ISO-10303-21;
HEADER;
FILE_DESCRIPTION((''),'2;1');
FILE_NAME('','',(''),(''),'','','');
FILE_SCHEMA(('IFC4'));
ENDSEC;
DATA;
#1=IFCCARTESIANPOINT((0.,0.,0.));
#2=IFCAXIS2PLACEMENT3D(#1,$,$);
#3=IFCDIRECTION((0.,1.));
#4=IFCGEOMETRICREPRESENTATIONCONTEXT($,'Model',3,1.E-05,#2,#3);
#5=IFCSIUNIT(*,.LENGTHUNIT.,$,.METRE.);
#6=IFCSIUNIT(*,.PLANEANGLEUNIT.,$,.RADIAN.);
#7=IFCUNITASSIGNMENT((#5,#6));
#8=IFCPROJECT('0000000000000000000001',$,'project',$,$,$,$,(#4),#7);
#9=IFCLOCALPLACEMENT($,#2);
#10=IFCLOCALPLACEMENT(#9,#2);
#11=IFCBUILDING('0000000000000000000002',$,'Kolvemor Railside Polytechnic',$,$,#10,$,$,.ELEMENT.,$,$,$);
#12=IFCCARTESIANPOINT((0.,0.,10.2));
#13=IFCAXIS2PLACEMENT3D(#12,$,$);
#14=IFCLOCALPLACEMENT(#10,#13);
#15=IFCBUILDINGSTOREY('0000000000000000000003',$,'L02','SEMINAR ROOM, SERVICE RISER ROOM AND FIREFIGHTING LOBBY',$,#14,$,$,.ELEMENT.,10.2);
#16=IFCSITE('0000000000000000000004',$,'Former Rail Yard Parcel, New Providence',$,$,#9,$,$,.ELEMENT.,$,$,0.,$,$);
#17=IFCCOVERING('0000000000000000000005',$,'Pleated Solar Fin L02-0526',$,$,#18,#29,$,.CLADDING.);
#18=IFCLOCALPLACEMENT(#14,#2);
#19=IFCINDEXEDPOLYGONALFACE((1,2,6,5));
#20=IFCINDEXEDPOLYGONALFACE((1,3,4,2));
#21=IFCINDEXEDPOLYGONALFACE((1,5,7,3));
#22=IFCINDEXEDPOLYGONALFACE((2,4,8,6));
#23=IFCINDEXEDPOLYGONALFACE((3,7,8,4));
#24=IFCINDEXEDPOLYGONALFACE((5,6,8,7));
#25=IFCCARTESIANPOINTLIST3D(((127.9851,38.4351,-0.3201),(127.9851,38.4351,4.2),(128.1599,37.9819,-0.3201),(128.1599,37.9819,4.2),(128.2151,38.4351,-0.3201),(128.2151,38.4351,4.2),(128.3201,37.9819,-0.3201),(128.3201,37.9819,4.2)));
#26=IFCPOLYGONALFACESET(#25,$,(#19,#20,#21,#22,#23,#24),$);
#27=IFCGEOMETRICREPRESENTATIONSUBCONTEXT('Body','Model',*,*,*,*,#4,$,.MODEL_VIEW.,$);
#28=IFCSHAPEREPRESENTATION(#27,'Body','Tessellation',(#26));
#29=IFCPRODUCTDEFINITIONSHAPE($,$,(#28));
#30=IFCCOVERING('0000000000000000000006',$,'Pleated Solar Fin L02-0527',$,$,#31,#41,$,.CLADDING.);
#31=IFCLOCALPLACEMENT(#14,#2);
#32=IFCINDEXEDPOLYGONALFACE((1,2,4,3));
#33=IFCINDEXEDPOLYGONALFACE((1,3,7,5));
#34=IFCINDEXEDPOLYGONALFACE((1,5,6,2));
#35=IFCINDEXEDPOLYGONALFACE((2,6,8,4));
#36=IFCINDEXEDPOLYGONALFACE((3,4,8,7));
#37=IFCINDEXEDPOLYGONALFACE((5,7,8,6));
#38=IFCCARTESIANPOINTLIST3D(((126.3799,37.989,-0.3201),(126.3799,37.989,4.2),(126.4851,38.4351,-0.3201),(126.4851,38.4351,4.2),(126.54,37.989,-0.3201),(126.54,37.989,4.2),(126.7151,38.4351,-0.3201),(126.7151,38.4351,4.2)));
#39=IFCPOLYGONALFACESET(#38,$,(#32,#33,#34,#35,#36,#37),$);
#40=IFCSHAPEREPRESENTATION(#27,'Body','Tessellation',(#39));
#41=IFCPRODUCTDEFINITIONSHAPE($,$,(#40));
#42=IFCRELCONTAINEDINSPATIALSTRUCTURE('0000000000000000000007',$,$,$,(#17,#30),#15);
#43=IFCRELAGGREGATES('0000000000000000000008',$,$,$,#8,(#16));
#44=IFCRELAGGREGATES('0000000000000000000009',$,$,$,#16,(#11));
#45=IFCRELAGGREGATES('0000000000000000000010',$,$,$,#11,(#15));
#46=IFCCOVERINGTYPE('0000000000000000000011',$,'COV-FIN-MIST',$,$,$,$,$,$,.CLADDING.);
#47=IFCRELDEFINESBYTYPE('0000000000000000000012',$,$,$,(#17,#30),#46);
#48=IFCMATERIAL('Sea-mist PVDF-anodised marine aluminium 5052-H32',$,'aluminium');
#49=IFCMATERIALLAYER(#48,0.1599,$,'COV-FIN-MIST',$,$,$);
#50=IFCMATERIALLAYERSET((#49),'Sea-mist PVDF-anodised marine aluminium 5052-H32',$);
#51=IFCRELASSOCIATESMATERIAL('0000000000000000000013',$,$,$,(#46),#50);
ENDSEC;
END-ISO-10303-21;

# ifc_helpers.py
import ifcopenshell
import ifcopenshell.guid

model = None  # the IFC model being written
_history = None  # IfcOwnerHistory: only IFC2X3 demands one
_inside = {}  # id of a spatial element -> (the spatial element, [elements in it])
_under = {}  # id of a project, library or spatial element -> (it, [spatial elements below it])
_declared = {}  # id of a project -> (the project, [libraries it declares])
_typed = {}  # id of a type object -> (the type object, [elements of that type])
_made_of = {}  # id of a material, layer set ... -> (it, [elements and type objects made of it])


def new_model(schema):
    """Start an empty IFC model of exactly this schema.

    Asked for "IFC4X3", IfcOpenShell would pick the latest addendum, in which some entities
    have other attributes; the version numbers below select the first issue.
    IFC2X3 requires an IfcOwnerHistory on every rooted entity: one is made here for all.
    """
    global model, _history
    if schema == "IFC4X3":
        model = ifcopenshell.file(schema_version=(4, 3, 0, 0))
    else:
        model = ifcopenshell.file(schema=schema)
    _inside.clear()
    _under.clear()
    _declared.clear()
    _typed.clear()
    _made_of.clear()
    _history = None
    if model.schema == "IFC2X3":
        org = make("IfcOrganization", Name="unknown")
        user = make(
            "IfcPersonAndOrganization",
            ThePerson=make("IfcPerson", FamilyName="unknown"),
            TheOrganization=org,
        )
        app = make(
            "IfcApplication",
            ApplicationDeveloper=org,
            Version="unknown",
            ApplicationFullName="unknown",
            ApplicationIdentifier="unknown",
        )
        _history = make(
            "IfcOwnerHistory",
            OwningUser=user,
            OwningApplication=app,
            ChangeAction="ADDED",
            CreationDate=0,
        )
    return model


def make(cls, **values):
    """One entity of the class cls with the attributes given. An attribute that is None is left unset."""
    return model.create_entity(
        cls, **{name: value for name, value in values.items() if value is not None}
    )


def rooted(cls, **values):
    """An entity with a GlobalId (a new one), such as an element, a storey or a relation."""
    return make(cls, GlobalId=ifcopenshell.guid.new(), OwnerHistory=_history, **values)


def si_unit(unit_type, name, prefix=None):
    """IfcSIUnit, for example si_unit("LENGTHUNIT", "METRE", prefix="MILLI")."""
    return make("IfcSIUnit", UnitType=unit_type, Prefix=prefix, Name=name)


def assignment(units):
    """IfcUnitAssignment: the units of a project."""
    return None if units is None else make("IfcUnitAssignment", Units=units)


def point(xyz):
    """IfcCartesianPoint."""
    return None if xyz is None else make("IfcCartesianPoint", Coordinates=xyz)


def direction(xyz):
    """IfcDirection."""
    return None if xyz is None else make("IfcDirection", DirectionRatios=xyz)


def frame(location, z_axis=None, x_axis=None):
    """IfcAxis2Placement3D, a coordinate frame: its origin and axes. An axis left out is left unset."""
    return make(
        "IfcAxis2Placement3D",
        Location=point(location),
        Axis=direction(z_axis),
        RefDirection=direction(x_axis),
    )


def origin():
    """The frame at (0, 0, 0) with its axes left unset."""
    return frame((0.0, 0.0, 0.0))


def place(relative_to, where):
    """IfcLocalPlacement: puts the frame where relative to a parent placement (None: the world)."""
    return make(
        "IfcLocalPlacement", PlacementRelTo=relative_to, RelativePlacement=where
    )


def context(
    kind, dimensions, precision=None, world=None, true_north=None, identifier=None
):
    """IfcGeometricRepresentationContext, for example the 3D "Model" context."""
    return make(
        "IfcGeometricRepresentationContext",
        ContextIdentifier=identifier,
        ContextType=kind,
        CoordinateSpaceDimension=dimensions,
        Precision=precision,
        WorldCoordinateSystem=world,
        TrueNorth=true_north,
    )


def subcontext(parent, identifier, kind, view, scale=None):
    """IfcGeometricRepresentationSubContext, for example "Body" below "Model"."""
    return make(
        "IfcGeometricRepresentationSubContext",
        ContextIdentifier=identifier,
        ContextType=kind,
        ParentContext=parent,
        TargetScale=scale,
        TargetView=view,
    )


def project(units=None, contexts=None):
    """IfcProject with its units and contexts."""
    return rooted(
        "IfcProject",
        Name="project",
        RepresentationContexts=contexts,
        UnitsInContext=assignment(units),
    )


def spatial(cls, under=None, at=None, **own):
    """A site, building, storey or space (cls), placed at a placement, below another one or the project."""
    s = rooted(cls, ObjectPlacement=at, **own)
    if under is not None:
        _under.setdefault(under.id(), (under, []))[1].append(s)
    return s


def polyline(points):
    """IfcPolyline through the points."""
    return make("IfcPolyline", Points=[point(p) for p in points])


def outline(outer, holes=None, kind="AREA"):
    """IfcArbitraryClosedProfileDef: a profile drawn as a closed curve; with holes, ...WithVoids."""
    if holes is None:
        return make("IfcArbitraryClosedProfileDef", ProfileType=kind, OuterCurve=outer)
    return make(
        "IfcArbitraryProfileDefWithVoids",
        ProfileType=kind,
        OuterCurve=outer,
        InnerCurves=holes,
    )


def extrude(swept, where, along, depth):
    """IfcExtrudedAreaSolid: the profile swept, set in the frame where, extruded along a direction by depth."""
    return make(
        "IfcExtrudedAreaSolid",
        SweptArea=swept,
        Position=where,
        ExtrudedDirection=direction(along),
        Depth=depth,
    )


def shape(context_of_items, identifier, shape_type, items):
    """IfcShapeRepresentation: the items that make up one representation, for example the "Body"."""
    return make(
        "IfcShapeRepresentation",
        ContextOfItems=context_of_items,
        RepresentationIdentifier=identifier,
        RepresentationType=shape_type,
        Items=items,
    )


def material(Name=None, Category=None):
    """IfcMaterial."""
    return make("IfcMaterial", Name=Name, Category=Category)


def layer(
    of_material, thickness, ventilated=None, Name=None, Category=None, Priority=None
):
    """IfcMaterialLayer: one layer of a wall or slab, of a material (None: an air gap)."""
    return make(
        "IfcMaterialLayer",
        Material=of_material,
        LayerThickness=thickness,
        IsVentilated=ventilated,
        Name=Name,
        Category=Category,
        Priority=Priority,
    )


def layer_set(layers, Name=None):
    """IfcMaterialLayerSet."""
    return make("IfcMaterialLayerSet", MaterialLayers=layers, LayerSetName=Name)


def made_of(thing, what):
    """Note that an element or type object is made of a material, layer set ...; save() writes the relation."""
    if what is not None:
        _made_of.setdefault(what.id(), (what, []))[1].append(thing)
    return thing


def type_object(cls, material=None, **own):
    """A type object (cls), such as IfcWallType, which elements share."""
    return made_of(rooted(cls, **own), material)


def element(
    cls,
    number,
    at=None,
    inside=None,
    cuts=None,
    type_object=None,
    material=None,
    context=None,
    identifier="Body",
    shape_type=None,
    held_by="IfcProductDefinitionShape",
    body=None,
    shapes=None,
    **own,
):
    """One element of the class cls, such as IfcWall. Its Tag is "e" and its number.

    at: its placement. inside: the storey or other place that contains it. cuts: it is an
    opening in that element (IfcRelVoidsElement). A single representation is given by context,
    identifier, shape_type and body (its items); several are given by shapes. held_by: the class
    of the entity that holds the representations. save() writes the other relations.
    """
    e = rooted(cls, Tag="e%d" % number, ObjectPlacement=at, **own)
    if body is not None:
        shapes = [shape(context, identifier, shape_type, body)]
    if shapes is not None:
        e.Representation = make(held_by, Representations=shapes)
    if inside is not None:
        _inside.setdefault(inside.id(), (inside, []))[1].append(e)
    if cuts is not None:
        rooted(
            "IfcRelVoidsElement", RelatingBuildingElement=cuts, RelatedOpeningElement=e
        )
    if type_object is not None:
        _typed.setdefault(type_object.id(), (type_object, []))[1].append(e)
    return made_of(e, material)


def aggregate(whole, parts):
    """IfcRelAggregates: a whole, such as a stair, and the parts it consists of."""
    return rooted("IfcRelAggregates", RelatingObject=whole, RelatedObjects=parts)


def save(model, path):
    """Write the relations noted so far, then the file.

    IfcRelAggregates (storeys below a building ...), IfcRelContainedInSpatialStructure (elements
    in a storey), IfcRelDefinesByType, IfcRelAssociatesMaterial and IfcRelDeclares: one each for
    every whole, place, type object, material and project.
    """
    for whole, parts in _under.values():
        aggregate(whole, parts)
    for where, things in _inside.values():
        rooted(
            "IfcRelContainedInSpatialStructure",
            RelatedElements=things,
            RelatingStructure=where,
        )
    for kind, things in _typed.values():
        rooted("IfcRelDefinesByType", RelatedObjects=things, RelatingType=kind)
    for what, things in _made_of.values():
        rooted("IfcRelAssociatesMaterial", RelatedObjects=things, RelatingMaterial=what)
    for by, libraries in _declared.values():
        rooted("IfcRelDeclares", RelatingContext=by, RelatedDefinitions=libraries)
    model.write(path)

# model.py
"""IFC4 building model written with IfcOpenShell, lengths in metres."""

from ifc_helpers import new_model, si_unit, direction, frame, origin, place, context, subcontext, project, spatial, polyline, outline, extrude, material, layer, layer_set, type_object, element, save


model = new_model("IFC4")

# Units and contexts
model_context = context("Model", 3, precision=1e-05, world=origin(), true_north=direction((0.0, 1.0)))
body_context = subcontext(model_context, "Body", "Model", "MODEL_VIEW")
ifc_project = project(units=[si_unit("LENGTHUNIT", "METRE"), si_unit("PLANEANGLEUNIT", "RADIAN")], contexts=[model_context])

# Site, building, storey
site_placement = place(None, origin())
site = spatial("IfcSite", under=ifc_project, at=site_placement, Name="Former Rail Yard Parcel, New Providence", CompositionType="ELEMENT", RefElevation=0.0)
building_placement = place(site_placement, origin())
building = spatial("IfcBuilding", under=site, at=building_placement, Name="Kolvemor Railside Polytechnic", CompositionType="ELEMENT")
storey_placement = place(building_placement, frame((0.0, 0.0, 10.2)))
storey = spatial("IfcBuildingStorey", under=building, at=storey_placement, Name="L02", Description="SEMINAR ROOM, SERVICE RISER ROOM AND FIREFIGHTING LOBBY", CompositionType="ELEMENT", Elevation=10.2)

# Coverings
ifc_material_1 = material(Name="Sea-mist PVDF-anodised marine aluminium 5052-H32", Category="aluminium")
ifc_layer_1 = layer(ifc_material_1, 0.1599, Name="COV-FIN-MIST")
ifc_layer_set_1 = layer_set([ifc_layer_1], Name="Sea-mist PVDF-anodised marine aluminium 5052-H32")
covering_type_1 = type_object("IfcCoveringType", Name="COV-FIN-MIST", PredefinedType="CLADDING", material=ifc_layer_set_1)
covering_1_placement = place(storey_placement, frame((0.0, 0.0, -0.3201)))
element("IfcCovering", 1, at=covering_1_placement, inside=storey, type_object=covering_type_1, Name="Pleated Solar Fin L02-0526", PredefinedType="CLADDING", context=body_context, shape_type="SweptSolid", body=[
    extrude(outline(polyline([(128.2151, 38.4351), (127.9851, 38.4351), (128.1599, 37.9819), (128.3201, 37.9819), (128.2151, 38.4351)])), origin(), (0.0, 0.0, 1.0), 4.52),
])
covering_2_placement = place(storey_placement, frame((0.0, 0.0, -0.3201)))
element("IfcCovering", 2, at=covering_2_placement, inside=storey, type_object=covering_type_1, Name="Pleated Solar Fin L02-0527", PredefinedType="CLADDING", context=body_context, shape_type="SweptSolid", body=[
    extrude(outline(polyline([(126.7151, 38.4351), (126.4851, 38.4351), (126.3799, 37.989), (126.54, 37.989), (126.7151, 38.4351)])), origin(), (0.0, 0.0, 1.0), 4.52),
])

save(model, "model.ifc")
